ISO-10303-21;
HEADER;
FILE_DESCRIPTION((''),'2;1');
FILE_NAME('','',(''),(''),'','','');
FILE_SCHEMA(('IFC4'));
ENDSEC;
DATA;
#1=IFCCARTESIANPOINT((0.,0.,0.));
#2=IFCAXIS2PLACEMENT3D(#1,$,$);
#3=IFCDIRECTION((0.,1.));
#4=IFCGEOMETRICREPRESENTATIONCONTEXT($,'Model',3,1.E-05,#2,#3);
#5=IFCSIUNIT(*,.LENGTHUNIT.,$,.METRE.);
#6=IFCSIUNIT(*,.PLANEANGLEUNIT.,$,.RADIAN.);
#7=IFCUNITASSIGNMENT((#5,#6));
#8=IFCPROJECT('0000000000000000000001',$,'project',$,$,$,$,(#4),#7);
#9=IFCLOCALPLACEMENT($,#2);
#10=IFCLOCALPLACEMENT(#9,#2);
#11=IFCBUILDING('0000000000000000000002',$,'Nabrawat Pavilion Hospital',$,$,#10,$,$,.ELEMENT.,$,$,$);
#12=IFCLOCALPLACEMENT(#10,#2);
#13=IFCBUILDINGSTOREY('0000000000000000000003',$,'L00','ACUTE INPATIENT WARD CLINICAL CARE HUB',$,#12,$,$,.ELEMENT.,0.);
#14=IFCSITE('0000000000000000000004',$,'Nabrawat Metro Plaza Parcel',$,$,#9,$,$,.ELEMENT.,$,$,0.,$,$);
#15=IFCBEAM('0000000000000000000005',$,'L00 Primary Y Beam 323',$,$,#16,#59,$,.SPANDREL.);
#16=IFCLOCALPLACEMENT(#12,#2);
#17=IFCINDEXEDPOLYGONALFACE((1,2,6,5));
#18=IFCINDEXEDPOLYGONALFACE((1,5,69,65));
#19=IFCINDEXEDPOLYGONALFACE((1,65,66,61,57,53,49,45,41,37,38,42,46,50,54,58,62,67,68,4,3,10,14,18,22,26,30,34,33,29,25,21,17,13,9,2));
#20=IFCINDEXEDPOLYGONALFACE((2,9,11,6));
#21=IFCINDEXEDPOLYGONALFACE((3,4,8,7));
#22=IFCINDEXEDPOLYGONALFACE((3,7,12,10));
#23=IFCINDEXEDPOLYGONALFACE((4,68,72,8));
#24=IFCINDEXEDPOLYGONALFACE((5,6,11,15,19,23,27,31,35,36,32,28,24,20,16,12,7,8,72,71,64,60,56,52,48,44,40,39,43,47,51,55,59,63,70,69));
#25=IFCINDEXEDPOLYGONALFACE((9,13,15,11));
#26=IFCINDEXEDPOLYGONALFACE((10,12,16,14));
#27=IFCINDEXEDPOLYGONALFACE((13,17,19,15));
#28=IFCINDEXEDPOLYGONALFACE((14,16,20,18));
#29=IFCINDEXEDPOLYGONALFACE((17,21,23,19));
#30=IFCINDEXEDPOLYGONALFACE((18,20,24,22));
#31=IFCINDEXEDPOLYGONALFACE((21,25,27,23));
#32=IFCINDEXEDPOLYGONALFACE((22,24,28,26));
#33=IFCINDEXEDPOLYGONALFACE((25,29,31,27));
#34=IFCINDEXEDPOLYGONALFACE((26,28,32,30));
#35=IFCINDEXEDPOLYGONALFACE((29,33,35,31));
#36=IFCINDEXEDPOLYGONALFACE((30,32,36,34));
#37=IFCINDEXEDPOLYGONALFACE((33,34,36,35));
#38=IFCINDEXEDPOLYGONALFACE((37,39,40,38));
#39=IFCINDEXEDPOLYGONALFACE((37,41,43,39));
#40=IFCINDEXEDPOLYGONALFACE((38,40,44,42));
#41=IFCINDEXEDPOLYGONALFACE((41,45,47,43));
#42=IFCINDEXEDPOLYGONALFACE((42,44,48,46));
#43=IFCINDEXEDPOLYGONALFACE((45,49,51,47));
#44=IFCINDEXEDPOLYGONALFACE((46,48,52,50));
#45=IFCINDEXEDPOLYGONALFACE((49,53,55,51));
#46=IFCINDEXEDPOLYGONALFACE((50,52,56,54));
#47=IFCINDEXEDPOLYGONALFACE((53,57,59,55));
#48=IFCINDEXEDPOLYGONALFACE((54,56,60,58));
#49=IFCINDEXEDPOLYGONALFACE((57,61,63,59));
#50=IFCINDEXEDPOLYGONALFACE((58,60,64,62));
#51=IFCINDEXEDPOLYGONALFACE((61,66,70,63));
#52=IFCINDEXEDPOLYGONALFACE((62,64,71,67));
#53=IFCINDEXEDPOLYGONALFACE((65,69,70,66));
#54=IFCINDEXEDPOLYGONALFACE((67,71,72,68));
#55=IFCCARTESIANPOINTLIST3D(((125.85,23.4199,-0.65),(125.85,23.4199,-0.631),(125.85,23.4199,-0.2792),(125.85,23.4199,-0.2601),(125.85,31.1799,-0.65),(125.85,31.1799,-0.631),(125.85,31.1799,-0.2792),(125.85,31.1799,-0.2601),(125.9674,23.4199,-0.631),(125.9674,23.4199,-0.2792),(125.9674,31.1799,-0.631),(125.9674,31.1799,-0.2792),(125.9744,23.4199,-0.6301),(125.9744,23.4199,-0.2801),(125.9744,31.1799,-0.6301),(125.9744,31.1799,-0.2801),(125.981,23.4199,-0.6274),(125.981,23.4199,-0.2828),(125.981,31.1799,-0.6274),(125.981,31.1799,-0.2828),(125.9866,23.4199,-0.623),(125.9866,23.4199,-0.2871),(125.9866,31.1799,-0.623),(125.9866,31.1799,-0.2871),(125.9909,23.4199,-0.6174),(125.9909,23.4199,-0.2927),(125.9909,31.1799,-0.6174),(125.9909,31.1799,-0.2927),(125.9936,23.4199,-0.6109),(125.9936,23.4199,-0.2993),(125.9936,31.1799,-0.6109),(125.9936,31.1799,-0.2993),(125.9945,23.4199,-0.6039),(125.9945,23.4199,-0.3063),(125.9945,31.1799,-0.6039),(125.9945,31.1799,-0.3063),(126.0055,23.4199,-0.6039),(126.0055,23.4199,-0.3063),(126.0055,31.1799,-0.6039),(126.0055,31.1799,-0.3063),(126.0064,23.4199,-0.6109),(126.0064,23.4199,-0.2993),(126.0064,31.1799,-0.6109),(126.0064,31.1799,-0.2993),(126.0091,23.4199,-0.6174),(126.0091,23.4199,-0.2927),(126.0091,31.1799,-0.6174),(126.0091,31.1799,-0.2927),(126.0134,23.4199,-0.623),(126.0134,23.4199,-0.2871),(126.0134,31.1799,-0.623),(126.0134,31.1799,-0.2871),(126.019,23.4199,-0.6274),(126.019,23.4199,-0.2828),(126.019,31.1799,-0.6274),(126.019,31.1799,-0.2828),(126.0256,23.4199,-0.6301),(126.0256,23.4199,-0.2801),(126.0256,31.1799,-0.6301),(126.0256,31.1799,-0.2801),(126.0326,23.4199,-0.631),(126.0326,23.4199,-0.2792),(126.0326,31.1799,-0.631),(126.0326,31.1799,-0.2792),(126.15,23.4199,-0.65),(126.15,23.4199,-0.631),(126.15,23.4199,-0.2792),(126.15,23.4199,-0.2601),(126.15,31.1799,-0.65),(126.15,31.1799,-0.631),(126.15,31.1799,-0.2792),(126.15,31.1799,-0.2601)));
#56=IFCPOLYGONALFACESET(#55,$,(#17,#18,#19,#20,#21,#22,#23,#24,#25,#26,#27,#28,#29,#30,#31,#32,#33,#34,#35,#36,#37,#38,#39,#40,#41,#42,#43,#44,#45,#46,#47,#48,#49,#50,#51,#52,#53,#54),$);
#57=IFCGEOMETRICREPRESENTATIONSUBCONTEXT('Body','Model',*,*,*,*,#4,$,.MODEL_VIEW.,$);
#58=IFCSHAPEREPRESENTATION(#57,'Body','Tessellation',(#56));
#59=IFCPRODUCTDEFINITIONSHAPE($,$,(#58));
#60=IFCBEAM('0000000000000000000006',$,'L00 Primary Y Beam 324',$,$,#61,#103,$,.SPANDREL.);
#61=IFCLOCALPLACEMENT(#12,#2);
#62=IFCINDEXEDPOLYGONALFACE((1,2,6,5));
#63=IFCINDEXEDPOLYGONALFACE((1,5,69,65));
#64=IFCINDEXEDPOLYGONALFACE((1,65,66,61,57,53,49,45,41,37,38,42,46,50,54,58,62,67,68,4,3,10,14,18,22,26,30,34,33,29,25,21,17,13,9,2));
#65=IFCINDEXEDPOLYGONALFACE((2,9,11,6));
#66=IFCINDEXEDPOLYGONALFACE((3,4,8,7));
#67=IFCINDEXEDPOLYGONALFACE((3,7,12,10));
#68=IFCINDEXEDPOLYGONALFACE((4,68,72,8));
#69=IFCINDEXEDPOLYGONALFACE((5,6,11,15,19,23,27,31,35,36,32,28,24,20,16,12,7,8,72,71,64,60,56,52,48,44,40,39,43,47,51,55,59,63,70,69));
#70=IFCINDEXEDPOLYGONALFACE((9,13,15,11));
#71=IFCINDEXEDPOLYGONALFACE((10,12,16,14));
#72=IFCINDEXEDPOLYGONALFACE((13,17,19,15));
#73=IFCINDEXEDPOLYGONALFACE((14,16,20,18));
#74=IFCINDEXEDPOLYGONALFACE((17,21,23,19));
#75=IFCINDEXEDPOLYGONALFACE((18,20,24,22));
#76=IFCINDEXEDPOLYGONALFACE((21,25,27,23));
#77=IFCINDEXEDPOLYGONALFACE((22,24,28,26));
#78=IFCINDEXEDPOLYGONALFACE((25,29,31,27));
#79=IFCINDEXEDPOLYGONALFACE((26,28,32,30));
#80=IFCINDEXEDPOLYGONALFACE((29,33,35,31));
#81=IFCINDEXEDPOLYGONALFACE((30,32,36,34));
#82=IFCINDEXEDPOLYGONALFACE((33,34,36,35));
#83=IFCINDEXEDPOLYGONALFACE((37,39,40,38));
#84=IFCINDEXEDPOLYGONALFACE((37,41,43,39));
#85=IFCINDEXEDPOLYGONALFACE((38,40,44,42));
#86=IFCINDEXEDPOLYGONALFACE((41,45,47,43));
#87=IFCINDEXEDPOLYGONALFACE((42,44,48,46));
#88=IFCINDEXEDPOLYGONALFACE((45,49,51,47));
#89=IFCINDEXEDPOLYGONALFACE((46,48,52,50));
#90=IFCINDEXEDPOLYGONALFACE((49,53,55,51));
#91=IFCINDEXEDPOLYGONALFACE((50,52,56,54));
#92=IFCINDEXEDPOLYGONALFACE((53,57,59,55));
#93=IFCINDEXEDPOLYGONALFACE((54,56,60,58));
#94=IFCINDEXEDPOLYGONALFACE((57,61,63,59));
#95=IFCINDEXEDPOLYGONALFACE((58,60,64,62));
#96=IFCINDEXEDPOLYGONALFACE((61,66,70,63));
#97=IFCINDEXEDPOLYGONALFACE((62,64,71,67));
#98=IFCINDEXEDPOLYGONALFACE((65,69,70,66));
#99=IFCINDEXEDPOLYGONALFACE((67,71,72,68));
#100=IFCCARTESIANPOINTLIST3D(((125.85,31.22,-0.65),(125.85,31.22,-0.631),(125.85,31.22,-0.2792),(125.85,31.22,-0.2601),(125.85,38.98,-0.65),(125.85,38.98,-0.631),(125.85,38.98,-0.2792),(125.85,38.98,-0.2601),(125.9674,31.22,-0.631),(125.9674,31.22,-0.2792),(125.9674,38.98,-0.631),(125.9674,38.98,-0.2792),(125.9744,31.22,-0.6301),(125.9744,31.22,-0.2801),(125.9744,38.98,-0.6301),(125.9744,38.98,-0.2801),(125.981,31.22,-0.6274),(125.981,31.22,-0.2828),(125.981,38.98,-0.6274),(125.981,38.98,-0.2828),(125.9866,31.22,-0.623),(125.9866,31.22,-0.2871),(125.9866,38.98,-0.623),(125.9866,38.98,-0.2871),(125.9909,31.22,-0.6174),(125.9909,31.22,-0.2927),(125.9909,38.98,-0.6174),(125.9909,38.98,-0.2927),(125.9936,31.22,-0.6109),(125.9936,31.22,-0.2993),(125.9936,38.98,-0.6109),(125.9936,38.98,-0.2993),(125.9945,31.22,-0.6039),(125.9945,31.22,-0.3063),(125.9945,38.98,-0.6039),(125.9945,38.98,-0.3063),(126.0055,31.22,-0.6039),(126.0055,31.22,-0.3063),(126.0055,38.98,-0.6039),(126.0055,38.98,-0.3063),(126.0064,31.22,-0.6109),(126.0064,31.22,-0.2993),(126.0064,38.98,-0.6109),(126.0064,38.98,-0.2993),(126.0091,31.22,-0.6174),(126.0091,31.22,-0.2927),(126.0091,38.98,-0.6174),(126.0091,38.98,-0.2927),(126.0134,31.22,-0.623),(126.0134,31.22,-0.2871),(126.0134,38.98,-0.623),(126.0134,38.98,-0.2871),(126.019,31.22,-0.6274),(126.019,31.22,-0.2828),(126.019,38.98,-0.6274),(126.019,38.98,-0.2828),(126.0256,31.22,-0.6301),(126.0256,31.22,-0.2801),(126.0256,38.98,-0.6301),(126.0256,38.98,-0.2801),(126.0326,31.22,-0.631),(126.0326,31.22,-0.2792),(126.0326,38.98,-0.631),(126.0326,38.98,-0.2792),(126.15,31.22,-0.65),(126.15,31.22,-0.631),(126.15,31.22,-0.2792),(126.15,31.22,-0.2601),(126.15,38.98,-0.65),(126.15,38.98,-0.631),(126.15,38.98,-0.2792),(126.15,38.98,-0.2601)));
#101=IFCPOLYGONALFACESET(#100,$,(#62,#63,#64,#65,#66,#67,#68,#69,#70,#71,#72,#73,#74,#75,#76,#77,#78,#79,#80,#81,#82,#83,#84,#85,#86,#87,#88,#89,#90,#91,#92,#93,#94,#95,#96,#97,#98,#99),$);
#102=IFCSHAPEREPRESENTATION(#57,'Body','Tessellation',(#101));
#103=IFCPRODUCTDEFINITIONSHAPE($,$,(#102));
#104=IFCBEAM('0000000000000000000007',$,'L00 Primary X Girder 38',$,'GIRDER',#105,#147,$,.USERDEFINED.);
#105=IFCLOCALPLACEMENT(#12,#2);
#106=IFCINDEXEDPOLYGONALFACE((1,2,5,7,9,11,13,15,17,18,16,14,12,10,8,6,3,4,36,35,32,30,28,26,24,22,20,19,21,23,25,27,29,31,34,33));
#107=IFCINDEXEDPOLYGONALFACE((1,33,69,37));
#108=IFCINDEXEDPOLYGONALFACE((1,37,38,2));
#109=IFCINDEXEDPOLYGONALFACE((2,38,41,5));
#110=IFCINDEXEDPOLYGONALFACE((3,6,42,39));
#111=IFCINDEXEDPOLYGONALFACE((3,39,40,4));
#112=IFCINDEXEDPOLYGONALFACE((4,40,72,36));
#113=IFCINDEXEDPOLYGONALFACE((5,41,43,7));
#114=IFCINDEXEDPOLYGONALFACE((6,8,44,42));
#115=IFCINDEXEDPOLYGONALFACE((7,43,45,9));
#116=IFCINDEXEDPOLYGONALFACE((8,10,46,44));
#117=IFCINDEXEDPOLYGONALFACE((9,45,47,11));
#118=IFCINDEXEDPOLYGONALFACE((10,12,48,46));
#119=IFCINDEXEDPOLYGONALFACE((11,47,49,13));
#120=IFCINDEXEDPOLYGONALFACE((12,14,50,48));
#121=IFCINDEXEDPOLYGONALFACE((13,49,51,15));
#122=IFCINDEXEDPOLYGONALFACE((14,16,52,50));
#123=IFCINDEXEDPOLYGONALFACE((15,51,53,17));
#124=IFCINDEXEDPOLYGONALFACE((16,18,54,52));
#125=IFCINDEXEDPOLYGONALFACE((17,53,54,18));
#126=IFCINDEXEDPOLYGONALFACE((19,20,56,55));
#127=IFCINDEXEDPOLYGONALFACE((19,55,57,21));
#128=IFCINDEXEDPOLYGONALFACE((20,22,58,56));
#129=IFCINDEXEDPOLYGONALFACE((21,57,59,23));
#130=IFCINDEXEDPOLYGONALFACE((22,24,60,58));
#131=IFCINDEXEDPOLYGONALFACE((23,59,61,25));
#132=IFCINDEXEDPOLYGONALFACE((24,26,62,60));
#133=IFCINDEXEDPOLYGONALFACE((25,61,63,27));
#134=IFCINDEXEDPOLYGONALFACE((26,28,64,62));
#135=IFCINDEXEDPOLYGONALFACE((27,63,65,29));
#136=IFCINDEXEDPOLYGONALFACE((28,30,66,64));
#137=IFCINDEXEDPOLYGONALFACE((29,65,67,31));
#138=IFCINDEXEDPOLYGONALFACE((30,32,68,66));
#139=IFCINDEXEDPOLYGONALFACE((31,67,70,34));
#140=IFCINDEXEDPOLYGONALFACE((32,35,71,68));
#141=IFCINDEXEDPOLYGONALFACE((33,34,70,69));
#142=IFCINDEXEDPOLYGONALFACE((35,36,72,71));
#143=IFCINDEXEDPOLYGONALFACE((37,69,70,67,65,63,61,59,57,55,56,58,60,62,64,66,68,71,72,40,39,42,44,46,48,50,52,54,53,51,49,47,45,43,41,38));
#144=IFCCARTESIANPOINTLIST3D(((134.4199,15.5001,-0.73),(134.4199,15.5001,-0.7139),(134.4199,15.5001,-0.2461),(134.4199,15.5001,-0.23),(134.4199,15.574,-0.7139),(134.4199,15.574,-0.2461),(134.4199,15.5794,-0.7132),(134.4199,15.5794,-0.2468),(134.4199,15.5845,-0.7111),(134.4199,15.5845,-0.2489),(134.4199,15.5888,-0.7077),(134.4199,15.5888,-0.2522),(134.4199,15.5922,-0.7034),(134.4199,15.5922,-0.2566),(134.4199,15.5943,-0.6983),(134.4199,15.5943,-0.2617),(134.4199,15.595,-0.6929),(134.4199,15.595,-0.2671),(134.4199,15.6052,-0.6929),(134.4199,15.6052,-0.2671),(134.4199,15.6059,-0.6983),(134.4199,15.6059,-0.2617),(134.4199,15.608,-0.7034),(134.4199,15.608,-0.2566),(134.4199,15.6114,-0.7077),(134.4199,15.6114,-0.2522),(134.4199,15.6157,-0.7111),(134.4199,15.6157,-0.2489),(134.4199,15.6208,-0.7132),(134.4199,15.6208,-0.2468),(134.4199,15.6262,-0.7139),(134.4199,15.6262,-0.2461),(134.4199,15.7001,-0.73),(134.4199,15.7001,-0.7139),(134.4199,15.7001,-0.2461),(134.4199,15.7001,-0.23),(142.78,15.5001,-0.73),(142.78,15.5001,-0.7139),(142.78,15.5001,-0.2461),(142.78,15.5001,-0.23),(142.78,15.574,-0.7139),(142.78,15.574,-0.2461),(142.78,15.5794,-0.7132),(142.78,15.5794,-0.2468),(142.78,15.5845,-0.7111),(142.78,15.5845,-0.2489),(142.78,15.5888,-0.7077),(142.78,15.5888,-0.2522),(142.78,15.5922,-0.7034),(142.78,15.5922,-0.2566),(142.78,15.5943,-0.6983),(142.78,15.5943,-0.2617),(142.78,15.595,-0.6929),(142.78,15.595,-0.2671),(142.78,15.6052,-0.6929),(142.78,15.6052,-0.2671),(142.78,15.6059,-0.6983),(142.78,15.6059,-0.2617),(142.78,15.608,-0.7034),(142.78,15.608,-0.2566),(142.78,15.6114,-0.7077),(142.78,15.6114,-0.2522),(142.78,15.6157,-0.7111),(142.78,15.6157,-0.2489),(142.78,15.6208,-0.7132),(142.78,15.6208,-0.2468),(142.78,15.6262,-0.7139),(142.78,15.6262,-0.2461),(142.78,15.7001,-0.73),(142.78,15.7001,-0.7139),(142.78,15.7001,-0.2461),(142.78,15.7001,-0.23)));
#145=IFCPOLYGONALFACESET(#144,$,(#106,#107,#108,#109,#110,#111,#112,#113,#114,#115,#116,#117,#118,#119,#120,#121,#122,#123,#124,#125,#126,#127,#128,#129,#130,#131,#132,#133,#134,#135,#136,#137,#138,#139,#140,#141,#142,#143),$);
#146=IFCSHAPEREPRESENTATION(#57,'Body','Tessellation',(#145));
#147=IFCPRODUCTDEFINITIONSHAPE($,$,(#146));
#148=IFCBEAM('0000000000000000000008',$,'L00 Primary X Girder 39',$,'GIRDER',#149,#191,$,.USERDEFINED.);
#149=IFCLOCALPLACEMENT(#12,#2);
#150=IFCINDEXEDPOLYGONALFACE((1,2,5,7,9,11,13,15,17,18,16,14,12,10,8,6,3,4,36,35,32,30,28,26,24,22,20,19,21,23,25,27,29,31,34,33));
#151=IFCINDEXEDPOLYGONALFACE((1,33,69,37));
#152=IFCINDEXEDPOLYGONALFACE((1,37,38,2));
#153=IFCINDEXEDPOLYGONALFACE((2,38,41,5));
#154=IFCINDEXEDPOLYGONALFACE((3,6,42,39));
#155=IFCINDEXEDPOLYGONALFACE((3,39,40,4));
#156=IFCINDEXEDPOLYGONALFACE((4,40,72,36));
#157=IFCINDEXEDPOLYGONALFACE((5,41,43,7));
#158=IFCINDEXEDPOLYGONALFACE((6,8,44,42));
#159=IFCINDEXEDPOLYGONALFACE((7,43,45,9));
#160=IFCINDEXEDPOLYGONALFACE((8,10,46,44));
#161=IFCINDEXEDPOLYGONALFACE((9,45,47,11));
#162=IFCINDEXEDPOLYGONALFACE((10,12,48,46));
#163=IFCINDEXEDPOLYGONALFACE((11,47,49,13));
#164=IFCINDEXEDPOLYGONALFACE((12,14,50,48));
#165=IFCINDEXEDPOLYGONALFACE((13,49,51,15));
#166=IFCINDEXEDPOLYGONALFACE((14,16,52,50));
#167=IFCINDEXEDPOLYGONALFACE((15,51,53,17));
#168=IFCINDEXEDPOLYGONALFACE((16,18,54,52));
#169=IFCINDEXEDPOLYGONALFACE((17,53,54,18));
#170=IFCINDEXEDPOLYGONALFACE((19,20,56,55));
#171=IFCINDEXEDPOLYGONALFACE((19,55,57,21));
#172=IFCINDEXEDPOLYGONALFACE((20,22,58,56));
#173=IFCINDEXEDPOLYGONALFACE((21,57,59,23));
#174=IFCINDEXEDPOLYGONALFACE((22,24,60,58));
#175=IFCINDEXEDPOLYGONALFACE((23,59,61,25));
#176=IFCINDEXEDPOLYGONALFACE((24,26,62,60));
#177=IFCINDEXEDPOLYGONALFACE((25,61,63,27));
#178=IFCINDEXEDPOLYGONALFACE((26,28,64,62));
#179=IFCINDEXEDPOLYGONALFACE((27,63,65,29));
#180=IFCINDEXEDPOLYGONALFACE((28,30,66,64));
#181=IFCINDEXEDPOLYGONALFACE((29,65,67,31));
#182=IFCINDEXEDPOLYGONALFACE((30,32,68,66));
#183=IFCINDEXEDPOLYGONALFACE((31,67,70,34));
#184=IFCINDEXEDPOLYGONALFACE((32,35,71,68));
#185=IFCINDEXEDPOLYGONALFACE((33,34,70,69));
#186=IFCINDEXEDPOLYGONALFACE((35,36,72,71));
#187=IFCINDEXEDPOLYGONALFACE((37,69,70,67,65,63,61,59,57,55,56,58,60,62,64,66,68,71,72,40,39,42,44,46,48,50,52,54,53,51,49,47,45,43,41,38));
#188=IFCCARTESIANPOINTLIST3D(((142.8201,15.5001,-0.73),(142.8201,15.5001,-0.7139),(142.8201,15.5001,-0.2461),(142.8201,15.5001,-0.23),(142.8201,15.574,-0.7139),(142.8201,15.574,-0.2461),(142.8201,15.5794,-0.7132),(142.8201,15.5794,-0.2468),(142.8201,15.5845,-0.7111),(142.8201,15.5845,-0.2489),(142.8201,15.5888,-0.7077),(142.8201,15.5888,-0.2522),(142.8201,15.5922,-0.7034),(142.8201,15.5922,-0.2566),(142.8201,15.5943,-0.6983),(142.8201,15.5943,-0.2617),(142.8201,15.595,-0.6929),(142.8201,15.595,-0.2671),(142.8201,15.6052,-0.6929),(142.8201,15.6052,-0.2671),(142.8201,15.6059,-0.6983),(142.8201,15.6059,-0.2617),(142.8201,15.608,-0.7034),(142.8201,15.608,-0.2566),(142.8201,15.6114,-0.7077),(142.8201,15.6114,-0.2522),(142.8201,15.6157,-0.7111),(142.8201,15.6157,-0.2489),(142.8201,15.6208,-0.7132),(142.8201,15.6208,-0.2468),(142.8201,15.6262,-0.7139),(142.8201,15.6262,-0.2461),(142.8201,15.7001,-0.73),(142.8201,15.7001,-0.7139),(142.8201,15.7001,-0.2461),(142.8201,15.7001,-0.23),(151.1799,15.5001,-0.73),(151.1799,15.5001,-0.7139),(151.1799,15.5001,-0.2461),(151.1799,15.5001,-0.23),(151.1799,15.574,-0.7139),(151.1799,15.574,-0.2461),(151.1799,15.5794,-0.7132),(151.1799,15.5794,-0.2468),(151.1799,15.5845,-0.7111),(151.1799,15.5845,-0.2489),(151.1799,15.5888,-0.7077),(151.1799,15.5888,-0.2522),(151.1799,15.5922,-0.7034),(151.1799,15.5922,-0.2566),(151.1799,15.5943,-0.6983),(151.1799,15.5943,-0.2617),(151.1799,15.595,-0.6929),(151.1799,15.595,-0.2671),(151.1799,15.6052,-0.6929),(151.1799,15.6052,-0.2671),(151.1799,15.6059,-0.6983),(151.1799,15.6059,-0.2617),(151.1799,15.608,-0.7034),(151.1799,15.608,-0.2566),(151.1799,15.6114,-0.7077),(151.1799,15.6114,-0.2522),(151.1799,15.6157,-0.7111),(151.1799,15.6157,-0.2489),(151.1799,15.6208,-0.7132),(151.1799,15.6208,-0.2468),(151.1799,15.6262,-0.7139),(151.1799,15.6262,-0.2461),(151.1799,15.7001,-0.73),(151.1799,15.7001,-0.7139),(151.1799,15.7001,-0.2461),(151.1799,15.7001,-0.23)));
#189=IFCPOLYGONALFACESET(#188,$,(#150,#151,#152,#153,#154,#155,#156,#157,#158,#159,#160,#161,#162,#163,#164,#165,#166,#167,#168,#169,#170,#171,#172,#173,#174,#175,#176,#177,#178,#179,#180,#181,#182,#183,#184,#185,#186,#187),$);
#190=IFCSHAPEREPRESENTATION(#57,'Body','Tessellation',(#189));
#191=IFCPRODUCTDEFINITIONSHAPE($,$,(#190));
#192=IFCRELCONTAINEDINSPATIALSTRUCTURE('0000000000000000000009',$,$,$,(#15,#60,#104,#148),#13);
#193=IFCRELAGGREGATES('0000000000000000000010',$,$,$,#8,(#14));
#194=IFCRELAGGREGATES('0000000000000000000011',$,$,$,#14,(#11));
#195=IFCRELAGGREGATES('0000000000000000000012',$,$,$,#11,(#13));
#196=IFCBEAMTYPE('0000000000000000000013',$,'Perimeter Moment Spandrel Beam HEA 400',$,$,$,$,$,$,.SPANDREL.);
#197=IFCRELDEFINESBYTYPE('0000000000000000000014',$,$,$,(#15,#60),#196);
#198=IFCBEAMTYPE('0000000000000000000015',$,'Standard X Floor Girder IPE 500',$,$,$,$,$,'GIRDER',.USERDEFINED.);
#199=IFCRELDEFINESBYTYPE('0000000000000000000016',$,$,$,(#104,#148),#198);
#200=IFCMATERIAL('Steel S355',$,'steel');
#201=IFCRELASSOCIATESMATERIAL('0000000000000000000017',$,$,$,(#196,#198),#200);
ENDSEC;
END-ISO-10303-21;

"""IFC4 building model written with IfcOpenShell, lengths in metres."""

from ifc_helpers import new_model, si_unit, direction, frame, origin, origin_2d, place, context, subcontext, project, spatial, i_section, extrude, material, material_profile, profile_set, type_object, element, save


model = new_model("IFC4")

# Units and contexts
model_context = context("Model", 3, precision=1e-05, world=origin(), true_north=direction((0.0, 1.0)))
body_context = subcontext(model_context, "Body", "Model", "MODEL_VIEW")
ifc_project = project(units=[si_unit("LENGTHUNIT", "METRE"), si_unit("PLANEANGLEUNIT", "RADIAN")], contexts=[model_context])

# Site, building, storey
site_placement = place(None, origin())
site = spatial("IfcSite", under=ifc_project, at=site_placement, Name="Nabrawat Metro Plaza Parcel", CompositionType="ELEMENT", RefElevation=0.0)
building_placement = place(site_placement, origin())
building = spatial("IfcBuilding", under=site, at=building_placement, Name="Nabrawat Pavilion Hospital", CompositionType="ELEMENT")
storey_placement = place(building_placement, origin())
storey = spatial("IfcBuildingStorey", under=building, at=storey_placement, Name="L00", Description="ACUTE INPATIENT WARD CLINICAL CARE HUB", CompositionType="ELEMENT", Elevation=0.0)

# Beams
ifc_material_1 = material(Name="Steel S355", Category="steel")
ifc_material_profile_1 = material_profile(ifc_material_1, i_section(OverallWidth=0.3, OverallDepth=0.3899, WebThickness=0.011, FlangeThickness=0.019, FilletRadius=0.0271, at=origin_2d()), Name="HEA 400")
ifc_profile_set_1 = profile_set([ifc_material_profile_1], Name="Steel S355")
beam_type_1 = type_object("IfcBeamType", Name="Perimeter Moment Spandrel Beam HEA 400", PredefinedType="SPANDREL", material=ifc_profile_set_1)
for number, where, z_axis, x_axis, name in (
    (1, (126.0, 23.4199, -0.4551), (0.0, 1.0, 0.0), (-1.0, 0.0, 0.0), "L00 Primary Y Beam 323"),
    (2, (126.0, 31.22, -0.4551), (0.0, 1.0, 0.0), (-1.0, 0.0, 0.0), "L00 Primary Y Beam 324"),
):
    element("IfcBeam", number, at=place(storey_placement, frame(where, z_axis=z_axis, x_axis=x_axis)), inside=storey, type_object=beam_type_1, Name=name, PredefinedType="SPANDREL", context=body_context, shape_type="SweptSolid", body=[
        extrude(i_section(OverallWidth=0.3, OverallDepth=0.3899, WebThickness=0.011, FlangeThickness=0.019, FilletRadius=0.0271, at=origin_2d()), origin(), (0.0, 0.0, 1.0), 7.76),
    ])
ifc_material_profile_2 = material_profile(ifc_material_1, i_section(OverallWidth=0.2, OverallDepth=0.5, WebThickness=0.0103, FlangeThickness=0.0161, FilletRadius=0.021, at=origin_2d()), Name="IPE 500")
ifc_profile_set_2 = profile_set([ifc_material_profile_2], Name="Steel S355")
beam_type_2 = type_object("IfcBeamType", Name="Standard X Floor Girder IPE 500", ElementType="GIRDER", PredefinedType="USERDEFINED", material=ifc_profile_set_2)
beam_1_placement = place(storey_placement, frame((134.4199, 15.6001, -0.48), z_axis=(1.0, 0.0, 0.0), x_axis=(0.0, 1.0, 0.0)))
element("IfcBeam", 3, at=beam_1_placement, inside=storey, type_object=beam_type_2, Name="L00 Primary X Girder 38", ObjectType="GIRDER", PredefinedType="USERDEFINED", context=body_context, shape_type="SweptSolid", body=[
    extrude(i_section(OverallWidth=0.2, OverallDepth=0.5, WebThickness=0.0103, FlangeThickness=0.0161, FilletRadius=0.021, at=origin_2d()), origin(), (0.0, 0.0, 1.0), 8.3601),
])
beam_2_placement = place(storey_placement, frame((142.8201, 15.6001, -0.48), z_axis=(1.0, 0.0, 0.0), x_axis=(0.0, 1.0, 0.0)))
element("IfcBeam", 4, at=beam_2_placement, inside=storey, type_object=beam_type_2, Name="L00 Primary X Girder 39", ObjectType="GIRDER", PredefinedType="USERDEFINED", context=body_context, shape_type="SweptSolid", body=[
    extrude(i_section(OverallWidth=0.2, OverallDepth=0.5, WebThickness=0.0103, FlangeThickness=0.0161, FilletRadius=0.021, at=origin_2d()), origin(), (0.0, 0.0, 1.0), 8.3599),
])

save(model, "model.ifc")
